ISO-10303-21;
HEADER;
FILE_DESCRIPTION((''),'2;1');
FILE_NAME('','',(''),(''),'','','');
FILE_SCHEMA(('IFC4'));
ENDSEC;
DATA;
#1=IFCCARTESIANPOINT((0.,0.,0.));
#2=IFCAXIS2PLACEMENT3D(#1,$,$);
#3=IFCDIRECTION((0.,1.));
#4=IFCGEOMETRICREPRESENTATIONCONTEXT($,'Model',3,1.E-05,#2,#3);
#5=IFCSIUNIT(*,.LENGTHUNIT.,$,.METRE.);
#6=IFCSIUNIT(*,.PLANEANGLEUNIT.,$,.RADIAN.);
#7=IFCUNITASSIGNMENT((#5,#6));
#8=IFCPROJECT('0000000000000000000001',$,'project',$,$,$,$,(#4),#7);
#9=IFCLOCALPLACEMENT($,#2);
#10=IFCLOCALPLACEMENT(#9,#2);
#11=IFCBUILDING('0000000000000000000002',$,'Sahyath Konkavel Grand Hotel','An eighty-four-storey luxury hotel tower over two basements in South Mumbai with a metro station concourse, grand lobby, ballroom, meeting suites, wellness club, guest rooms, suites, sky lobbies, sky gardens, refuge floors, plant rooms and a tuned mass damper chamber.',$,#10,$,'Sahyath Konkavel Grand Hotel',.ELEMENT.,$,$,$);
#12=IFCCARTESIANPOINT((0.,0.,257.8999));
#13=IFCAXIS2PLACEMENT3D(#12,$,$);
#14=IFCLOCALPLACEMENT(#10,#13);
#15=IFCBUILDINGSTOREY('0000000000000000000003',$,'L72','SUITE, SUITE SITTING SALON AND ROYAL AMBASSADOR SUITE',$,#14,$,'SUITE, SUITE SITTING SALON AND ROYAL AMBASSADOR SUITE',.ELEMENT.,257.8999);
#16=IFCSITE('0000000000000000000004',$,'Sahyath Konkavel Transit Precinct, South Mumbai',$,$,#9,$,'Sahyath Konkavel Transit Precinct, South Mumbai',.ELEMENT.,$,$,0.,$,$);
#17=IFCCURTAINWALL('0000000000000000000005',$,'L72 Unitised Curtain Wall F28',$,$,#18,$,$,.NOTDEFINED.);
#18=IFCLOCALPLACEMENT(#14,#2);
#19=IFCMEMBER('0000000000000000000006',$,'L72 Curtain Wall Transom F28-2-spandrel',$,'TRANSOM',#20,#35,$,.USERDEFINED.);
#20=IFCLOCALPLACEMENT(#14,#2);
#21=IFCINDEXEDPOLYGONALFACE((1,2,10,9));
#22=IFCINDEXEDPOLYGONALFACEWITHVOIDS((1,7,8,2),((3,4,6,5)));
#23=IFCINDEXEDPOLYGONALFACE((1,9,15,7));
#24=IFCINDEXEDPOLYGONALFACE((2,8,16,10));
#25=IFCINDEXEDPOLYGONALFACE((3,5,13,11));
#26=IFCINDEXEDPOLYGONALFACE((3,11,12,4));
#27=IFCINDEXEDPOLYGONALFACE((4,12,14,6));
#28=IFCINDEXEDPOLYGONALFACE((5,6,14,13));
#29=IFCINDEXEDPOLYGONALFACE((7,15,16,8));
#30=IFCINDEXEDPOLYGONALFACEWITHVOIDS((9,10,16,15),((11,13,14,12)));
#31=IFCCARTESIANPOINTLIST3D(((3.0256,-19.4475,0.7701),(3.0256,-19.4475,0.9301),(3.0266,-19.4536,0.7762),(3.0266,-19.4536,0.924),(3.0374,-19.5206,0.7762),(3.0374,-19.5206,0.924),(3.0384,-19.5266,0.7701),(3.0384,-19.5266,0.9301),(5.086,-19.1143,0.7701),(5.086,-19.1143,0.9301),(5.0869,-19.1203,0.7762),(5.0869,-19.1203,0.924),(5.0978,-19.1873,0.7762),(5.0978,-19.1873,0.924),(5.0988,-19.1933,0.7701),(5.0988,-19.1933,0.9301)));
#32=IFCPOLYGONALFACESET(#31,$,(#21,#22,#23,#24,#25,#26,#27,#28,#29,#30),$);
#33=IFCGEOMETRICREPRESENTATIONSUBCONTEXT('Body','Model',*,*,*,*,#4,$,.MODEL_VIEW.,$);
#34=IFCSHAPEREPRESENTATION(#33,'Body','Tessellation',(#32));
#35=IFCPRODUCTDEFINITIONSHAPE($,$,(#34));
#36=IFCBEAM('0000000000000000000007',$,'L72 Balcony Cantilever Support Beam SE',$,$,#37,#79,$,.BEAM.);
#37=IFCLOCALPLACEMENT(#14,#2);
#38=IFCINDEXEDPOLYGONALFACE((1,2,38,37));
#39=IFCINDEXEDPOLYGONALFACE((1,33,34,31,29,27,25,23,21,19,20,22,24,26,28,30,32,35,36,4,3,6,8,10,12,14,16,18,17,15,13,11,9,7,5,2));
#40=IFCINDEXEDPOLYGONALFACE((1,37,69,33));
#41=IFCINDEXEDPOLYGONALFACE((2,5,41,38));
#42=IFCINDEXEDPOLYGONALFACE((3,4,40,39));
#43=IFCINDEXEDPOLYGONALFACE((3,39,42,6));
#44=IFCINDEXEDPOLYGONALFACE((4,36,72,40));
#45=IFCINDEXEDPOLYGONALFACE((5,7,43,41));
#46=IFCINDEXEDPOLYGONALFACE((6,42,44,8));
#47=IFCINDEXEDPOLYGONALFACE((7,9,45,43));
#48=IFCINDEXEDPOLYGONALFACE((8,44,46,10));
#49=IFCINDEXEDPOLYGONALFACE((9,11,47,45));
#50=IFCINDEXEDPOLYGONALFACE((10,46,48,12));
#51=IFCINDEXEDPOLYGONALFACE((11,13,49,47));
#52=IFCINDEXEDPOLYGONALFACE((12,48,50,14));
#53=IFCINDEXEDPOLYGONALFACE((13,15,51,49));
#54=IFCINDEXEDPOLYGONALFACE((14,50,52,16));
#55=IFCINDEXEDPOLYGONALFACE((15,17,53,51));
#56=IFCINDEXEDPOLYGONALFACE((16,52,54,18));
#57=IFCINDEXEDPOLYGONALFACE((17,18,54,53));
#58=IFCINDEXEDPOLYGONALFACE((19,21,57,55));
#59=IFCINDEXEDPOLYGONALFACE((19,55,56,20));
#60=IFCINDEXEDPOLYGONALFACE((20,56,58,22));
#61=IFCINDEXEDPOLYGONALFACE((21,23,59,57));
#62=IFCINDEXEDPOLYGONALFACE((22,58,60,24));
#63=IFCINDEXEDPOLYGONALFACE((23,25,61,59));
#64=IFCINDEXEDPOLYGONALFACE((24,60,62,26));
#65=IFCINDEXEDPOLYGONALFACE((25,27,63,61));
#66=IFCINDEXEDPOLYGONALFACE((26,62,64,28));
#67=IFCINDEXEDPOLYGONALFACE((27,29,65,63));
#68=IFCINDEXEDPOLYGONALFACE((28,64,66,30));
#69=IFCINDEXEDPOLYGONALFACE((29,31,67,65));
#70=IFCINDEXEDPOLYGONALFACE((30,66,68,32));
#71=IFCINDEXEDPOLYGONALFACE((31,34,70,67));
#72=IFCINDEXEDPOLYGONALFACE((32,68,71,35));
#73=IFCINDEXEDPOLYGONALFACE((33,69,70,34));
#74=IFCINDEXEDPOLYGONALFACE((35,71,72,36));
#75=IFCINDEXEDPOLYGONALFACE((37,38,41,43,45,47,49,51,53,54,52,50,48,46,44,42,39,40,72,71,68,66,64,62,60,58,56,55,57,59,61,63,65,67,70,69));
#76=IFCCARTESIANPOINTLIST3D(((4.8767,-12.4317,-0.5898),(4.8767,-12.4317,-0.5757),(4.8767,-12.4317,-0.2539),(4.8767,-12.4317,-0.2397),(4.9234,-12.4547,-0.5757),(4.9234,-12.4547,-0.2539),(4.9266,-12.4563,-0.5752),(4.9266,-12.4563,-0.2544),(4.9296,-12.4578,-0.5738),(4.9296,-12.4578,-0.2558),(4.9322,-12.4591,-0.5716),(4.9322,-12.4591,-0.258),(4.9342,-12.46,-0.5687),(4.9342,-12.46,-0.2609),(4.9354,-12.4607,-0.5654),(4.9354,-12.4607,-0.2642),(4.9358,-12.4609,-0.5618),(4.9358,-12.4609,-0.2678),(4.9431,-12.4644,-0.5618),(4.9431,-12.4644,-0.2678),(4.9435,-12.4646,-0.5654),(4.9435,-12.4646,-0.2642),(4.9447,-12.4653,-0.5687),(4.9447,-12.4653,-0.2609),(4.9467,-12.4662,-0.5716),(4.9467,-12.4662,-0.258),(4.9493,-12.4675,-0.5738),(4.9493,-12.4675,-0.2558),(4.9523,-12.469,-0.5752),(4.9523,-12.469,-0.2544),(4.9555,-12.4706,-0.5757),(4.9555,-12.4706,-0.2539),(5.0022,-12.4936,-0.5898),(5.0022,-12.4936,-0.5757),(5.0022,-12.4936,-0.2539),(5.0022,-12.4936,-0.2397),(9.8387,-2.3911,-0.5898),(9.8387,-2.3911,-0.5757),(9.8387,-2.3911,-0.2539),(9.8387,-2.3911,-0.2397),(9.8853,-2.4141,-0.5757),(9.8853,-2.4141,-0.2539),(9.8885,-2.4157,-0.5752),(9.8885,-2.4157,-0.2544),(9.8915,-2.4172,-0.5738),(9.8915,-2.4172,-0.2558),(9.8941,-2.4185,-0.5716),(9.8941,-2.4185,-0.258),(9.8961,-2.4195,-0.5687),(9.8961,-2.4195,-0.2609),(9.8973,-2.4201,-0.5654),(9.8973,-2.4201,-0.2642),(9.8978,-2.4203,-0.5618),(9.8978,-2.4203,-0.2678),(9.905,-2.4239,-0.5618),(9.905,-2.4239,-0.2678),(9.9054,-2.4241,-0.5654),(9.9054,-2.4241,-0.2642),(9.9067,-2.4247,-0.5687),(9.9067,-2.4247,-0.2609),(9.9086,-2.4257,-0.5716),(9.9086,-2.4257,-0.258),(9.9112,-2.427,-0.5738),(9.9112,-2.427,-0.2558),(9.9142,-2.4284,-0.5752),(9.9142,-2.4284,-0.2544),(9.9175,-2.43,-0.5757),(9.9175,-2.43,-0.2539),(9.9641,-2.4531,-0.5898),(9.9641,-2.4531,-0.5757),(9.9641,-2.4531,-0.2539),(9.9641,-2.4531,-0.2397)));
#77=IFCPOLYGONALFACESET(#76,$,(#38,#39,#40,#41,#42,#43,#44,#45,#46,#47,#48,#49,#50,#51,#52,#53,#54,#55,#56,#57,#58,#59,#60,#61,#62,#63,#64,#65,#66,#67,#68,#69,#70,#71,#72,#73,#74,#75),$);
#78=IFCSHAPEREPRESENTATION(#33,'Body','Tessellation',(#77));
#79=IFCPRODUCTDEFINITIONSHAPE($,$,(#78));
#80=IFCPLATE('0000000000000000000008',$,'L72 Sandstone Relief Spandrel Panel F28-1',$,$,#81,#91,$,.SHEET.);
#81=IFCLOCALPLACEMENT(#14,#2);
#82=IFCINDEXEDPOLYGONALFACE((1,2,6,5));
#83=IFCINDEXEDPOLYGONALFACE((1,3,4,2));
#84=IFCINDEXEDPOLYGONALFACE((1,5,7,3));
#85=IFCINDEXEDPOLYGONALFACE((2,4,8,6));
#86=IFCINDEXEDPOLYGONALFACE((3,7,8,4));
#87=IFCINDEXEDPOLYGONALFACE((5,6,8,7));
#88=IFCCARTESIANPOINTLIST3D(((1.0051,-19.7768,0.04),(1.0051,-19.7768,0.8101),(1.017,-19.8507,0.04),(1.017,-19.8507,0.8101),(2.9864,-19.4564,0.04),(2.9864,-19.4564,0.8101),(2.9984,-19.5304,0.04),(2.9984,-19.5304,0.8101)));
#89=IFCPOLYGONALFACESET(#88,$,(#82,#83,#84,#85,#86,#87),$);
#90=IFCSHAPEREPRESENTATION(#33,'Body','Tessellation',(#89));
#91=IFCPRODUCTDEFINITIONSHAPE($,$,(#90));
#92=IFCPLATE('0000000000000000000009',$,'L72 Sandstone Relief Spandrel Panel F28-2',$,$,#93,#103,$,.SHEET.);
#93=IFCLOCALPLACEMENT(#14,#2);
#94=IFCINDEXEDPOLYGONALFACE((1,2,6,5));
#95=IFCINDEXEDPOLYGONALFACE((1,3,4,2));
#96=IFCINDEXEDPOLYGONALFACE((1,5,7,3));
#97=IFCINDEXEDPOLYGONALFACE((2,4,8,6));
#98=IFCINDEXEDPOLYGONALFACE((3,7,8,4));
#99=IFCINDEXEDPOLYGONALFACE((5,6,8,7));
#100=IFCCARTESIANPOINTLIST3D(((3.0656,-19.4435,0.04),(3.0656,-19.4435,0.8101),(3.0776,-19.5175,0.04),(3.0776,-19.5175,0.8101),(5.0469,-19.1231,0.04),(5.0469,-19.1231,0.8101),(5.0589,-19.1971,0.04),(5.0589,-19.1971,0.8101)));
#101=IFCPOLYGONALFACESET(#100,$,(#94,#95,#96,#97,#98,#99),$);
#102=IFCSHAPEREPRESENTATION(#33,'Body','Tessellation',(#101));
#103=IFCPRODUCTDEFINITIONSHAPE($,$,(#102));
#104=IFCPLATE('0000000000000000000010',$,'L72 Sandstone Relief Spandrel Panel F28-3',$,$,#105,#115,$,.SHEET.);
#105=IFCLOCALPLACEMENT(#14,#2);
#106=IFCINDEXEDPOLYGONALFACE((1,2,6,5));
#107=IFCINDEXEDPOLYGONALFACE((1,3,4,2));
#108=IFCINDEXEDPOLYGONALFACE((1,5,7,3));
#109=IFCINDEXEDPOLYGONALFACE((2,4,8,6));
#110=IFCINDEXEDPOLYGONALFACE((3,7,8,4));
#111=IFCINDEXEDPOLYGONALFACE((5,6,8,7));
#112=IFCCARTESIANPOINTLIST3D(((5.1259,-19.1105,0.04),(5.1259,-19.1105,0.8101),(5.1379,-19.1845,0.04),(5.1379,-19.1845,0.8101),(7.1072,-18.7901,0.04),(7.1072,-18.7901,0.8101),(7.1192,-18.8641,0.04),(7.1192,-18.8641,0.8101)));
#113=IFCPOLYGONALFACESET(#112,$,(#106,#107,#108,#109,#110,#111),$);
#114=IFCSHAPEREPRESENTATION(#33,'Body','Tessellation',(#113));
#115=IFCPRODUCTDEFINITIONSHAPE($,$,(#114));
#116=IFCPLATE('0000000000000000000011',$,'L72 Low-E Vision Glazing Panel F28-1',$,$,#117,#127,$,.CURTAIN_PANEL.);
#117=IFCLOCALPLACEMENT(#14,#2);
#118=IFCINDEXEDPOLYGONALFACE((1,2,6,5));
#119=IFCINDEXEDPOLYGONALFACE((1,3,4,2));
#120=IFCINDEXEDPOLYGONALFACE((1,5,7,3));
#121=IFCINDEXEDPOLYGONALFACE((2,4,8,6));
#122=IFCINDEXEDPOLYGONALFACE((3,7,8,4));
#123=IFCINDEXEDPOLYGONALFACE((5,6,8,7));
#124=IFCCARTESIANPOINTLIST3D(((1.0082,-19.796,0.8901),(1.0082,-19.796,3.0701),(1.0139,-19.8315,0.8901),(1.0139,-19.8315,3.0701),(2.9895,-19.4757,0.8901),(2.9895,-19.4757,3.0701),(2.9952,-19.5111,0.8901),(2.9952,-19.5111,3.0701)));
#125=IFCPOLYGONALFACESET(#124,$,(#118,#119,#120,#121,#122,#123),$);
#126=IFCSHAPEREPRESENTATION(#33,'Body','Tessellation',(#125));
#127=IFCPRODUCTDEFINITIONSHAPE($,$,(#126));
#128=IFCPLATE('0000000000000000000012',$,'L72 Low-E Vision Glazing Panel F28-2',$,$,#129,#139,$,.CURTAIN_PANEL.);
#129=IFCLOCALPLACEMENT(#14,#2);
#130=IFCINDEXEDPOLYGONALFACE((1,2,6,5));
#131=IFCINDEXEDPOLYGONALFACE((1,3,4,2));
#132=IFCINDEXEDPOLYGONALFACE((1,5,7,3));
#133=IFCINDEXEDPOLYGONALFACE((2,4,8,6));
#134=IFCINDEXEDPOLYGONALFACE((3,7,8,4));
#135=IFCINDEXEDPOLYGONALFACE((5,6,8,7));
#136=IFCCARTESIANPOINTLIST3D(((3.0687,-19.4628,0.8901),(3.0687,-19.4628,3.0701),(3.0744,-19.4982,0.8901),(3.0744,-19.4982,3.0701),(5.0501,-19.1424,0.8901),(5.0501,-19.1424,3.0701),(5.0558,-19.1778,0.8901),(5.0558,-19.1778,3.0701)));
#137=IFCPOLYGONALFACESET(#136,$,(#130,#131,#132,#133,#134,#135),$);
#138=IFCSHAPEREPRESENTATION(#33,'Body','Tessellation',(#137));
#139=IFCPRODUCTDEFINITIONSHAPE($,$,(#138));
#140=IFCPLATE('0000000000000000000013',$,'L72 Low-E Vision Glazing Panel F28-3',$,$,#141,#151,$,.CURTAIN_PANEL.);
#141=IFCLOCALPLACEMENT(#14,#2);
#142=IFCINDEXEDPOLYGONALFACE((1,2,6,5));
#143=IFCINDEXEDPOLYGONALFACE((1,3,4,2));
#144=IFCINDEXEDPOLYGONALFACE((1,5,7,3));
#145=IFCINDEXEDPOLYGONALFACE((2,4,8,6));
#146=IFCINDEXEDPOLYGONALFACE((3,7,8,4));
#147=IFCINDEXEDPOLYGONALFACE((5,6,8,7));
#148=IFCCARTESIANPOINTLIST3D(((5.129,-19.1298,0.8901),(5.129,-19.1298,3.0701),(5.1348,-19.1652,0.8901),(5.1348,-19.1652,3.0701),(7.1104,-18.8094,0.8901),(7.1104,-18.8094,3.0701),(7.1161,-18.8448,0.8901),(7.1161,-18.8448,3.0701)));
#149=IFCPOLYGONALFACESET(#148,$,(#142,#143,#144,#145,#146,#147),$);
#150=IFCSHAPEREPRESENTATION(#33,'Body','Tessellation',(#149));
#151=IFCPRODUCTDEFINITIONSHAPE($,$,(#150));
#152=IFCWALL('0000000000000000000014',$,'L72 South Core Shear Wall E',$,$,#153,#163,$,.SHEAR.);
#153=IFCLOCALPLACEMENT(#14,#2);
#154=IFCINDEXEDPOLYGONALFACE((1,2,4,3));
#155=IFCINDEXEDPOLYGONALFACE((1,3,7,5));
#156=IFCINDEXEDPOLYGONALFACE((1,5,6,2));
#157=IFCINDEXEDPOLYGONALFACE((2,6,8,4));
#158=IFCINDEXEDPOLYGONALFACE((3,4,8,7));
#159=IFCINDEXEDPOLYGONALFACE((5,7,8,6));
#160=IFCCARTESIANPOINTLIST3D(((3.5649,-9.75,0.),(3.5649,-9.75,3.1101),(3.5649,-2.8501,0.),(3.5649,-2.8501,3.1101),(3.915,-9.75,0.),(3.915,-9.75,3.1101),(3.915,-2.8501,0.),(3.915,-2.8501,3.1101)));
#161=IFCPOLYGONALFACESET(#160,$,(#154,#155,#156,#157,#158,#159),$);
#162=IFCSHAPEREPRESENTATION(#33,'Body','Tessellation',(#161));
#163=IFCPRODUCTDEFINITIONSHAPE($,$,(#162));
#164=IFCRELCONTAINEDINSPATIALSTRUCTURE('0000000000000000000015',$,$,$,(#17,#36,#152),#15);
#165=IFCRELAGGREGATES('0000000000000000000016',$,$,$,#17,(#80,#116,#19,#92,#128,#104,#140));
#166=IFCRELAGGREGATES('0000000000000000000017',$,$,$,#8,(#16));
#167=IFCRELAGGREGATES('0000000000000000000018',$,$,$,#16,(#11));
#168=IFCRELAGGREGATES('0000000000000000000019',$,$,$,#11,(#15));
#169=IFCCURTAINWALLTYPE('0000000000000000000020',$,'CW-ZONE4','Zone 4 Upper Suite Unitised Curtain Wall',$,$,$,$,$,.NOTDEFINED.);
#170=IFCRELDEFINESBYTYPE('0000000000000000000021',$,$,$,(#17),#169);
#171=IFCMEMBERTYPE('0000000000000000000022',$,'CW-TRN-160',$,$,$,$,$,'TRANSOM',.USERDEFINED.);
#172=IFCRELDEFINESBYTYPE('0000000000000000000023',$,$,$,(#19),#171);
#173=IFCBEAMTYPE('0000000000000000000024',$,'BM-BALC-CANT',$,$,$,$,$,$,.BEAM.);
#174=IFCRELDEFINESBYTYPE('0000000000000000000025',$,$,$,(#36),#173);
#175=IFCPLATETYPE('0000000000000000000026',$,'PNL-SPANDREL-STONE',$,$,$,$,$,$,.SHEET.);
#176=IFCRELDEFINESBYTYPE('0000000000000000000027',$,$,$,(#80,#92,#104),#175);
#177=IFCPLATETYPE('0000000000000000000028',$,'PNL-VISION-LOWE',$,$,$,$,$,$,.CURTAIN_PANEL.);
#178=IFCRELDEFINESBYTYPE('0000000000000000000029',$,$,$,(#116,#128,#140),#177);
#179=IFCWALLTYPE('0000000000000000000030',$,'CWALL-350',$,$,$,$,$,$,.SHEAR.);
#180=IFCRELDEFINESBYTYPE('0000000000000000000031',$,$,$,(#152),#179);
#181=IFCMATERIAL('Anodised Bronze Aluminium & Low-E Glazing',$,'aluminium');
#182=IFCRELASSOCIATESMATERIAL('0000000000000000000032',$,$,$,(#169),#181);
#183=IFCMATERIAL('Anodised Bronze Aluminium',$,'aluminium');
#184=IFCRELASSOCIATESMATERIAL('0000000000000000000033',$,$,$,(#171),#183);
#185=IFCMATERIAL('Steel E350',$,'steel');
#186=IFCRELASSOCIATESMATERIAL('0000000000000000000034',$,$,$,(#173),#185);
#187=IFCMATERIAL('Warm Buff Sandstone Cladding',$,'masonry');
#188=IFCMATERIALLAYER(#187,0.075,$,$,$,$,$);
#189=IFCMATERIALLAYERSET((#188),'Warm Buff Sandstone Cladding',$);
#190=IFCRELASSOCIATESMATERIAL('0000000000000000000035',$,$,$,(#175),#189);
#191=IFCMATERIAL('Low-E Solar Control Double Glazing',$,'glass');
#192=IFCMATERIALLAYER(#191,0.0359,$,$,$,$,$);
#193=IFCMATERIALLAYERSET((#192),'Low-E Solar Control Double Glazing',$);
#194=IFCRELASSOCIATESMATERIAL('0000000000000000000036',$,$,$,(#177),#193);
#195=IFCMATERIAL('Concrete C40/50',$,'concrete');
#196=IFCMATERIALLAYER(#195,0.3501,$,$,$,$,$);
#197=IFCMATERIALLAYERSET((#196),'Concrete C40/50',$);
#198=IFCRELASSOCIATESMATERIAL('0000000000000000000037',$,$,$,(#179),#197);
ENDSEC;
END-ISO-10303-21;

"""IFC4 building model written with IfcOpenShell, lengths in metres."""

from ifc_helpers import new_model, si_unit, direction, frame, frame_2d, origin, origin_2d, place, context, subcontext, project, spatial, rectangle, hollow_rectangle, i_section, extrude, source, transform, mapped, material, layer, layer_set, material_profile, profile_set, type_object, element, aggregate, save


model = new_model("IFC4")

# Units and contexts
model_context = context("Model", 3, precision=1e-05, world=origin(), true_north=direction((0.0, 1.0)))
body_context = subcontext(model_context, "Body", "Model", "MODEL_VIEW")
ifc_project = project(units=[si_unit("LENGTHUNIT", "METRE"), si_unit("PLANEANGLEUNIT", "RADIAN")], contexts=[model_context])

# Site, building, storey
site_placement = place(None, origin())
site = spatial("IfcSite", under=ifc_project, at=site_placement, Name="Sahyath Konkavel Transit Precinct, South Mumbai", LongName="Sahyath Konkavel Transit Precinct, South Mumbai", CompositionType="ELEMENT", RefElevation=0.0)
building_placement = place(site_placement, origin())
building = spatial("IfcBuilding", under=site, at=building_placement, Name="Sahyath Konkavel Grand Hotel", Description="An eighty-four-storey luxury hotel tower over two basements in South Mumbai with a metro station concourse, grand lobby, ballroom, meeting suites, wellness club, guest rooms, suites, sky lobbies, sky gardens, refuge floors, plant rooms and a tuned mass damper chamber.", LongName="Sahyath Konkavel Grand Hotel", CompositionType="ELEMENT")
storey_placement = place(building_placement, frame((0.0, 0.0, 257.8999)))
storey = spatial("IfcBuildingStorey", under=building, at=storey_placement, Name="L72", Description="SUITE, SUITE SITTING SALON AND ROYAL AMBASSADOR SUITE", LongName="SUITE, SUITE SITTING SALON AND ROYAL AMBASSADOR SUITE", CompositionType="ELEMENT", Elevation=257.8999)

# Shared definitions
ifc_material_1 = material(Name="Steel E350", Category="steel")

# Curtain wall, member
ifc_material_2 = material(Name="Anodised Bronze Aluminium & Low-E Glazing", Category="aluminium")
curtain_wall_type = type_object("IfcCurtainWallType", Name="CW-ZONE4", Description="Zone 4 Upper Suite Unitised Curtain Wall", PredefinedType="NOTDEFINED", material=ifc_material_2)
curtain_wall_placement = place(storey_placement, origin())
curtain_wall = element("IfcCurtainWall", 1, at=curtain_wall_placement, inside=storey, type_object=curtain_wall_type, Name="L72 Unitised Curtain Wall F28", PredefinedType="NOTDEFINED")
ifc_material_3 = material(Name="Anodised Bronze Aluminium", Category="aluminium")
ifc_material_profile_1 = material_profile(ifc_material_3, hollow_rectangle(XDim=0.0801, YDim=0.1599, WallThickness=0.0061, at=origin_2d()), Name="RHS 160x80x6")
ifc_profile_set_1 = profile_set([ifc_material_profile_1], Name="Anodised Bronze Aluminium")
member_type_1 = type_object("IfcMemberType", Name="CW-TRN-160", ElementType="TRANSOM", PredefinedType="USERDEFINED", material=ifc_profile_set_1)
shared_shape_1 = source(origin(), body_context, "Body", "SweptSolid", [
    extrude(hollow_rectangle(XDim=0.0801, YDim=0.1599, WallThickness=0.0061, at=origin_2d()), origin(), (0.0, 0.0, 1.0), 2.0872),
])
member_1_placement = place(storey_placement, frame((3.032, -19.4871, 0.8501), z_axis=(0.98717, 0.159674, 0.0), x_axis=(-0.159674, 0.98717, 0.0)))
member_1 = element("IfcMember", 2, at=member_1_placement, type_object=member_type_1, Name="L72 Curtain Wall Transom F28-2-spandrel", ObjectType="TRANSOM", PredefinedType="USERDEFINED", context=body_context, shape_type="MappedRepresentation", body=[
    mapped(shared_shape_1, transform((0.0, 0.0, 0.0), scale=1.0)),
])

# Beam
ifc_material_profile_2 = material_profile(ifc_material_1, i_section(OverallWidth=0.1399, OverallDepth=0.3501, WebThickness=0.0081, FlangeThickness=0.0142, FilletRadius=0.0139, at=origin_2d()), Name="ISMB 350")
ifc_profile_set_2 = profile_set([ifc_material_profile_2], Name="Steel E350")
beam_type_1 = type_object("IfcBeamType", Name="BM-BALC-CANT", PredefinedType="BEAM", material=ifc_profile_set_2)
shared_shape_2 = source(origin(), body_context, "Body", "SweptSolid", [
    extrude(i_section(OverallWidth=0.1399, OverallDepth=0.3501, WebThickness=0.0081, FlangeThickness=0.0142, FilletRadius=0.0139, at=origin_2d()), origin(), (0.0, 0.0, 1.0), 11.1997),
])
beam_1_placement = place(storey_placement, frame((4.9395, -12.4626, -0.4148), z_axis=(0.443041, 0.896501, 0.0), x_axis=(-0.896501, 0.443041, 0.0)))
element("IfcBeam", 3, at=beam_1_placement, inside=storey, type_object=beam_type_1, Name="L72 Balcony Cantilever Support Beam SE", PredefinedType="BEAM", context=body_context, shape_type="MappedRepresentation", body=[
    mapped(shared_shape_2, transform((0.0, 0.0, 0.0), scale=1.0)),
])

# Plates
ifc_material_4 = material(Name="Warm Buff Sandstone Cladding", Category="masonry")
ifc_layer_1 = layer(ifc_material_4, 0.075)
ifc_layer_set_1 = layer_set([ifc_layer_1], Name="Warm Buff Sandstone Cladding")
plate_type_1 = type_object("IfcPlateType", Name="PNL-SPANDREL-STONE", PredefinedType="SHEET", material=ifc_layer_set_1)
shared_shape_3 = source(origin(), body_context, "Body", "SweptSolid", [
    extrude(rectangle(XDim=2.0071, YDim=0.075, at=origin_2d()), origin(), (0.0, 0.0, 1.0), 0.77),
])
plate_1_placement = place(storey_placement, frame((2.0017, -19.6536, 0.04), z_axis=(0.0, 0.0, 1.0), x_axis=(0.987178, 0.159623, 0.0)))
plate_1 = element("IfcPlate", 4, at=plate_1_placement, type_object=plate_type_1, Name="L72 Sandstone Relief Spandrel Panel F28-1", PredefinedType="SHEET", context=body_context, shape_type="MappedRepresentation", body=[
    mapped(shared_shape_3, transform((0.0, 0.0, 0.0), scale=1.0)),
])
plate_2_placement = place(storey_placement, frame((4.0623, -19.3203, 0.04), z_axis=(0.0, 0.0, 1.0), x_axis=(0.987178, 0.159623, 0.0)))
plate_2 = element("IfcPlate", 5, at=plate_2_placement, type_object=plate_type_1, Name="L72 Sandstone Relief Spandrel Panel F28-2", PredefinedType="SHEET", context=body_context, shape_type="MappedRepresentation", body=[
    mapped(shared_shape_3, transform((0.0, 0.0, 0.0), scale=1.0)),
])
plate_3_placement = place(storey_placement, frame((6.1226, -18.9873, 0.04), z_axis=(0.0, 0.0, 1.0), x_axis=(0.987178, 0.159623, 0.0)))
plate_3 = element("IfcPlate", 6, at=plate_3_placement, type_object=plate_type_1, Name="L72 Sandstone Relief Spandrel Panel F28-3", PredefinedType="SHEET", context=body_context, shape_type="MappedRepresentation", body=[
    mapped(shared_shape_3, transform((0.0, 0.0, 0.0), scale=1.0)),
])
ifc_material_5 = material(Name="Low-E Solar Control Double Glazing", Category="glass")
ifc_layer_2 = layer(ifc_material_5, 0.0359)
ifc_layer_set_2 = layer_set([ifc_layer_2], Name="Low-E Solar Control Double Glazing")
plate_type_2 = type_object("IfcPlateType", Name="PNL-VISION-LOWE", PredefinedType="CURTAIN_PANEL", material=ifc_layer_set_2)
shared_shape_4 = source(origin(), body_context, "Body", "SweptSolid", [
    extrude(rectangle(XDim=2.0071, YDim=0.0359, at=origin_2d()), origin(), (0.0, 0.0, 1.0), 2.1799),
])
plate_4_placement = place(storey_placement, frame((2.0017, -19.6536, 0.8901), z_axis=(0.0, 0.0, 1.0), x_axis=(0.987178, 0.159623, 0.0)))
plate_4 = element("IfcPlate", 7, at=plate_4_placement, type_object=plate_type_2, Name="L72 Low-E Vision Glazing Panel F28-1", PredefinedType="CURTAIN_PANEL", context=body_context, shape_type="MappedRepresentation", body=[
    mapped(shared_shape_4, transform((0.0, 0.0, 0.0), scale=1.0)),
])
plate_5_placement = place(storey_placement, frame((4.0623, -19.3203, 0.8901), z_axis=(0.0, 0.0, 1.0), x_axis=(0.987178, 0.159623, 0.0)))
plate_5 = element("IfcPlate", 8, at=plate_5_placement, type_object=plate_type_2, Name="L72 Low-E Vision Glazing Panel F28-2", PredefinedType="CURTAIN_PANEL", context=body_context, shape_type="MappedRepresentation", body=[
    mapped(shared_shape_4, transform((0.0, 0.0, 0.0), scale=1.0)),
])
plate_6_placement = place(storey_placement, frame((6.1226, -18.9873, 0.8901), z_axis=(0.0, 0.0, 1.0), x_axis=(0.987178, 0.159623, 0.0)))
plate_6 = element("IfcPlate", 9, at=plate_6_placement, type_object=plate_type_2, Name="L72 Low-E Vision Glazing Panel F28-3", PredefinedType="CURTAIN_PANEL", context=body_context, shape_type="MappedRepresentation", body=[
    mapped(shared_shape_4, transform((0.0, 0.0, 0.0), scale=1.0)),
])
aggregate(curtain_wall, [plate_1, plate_4, member_1, plate_2, plate_5, plate_3, plate_6])

# Wall
ifc_material_6 = material(Name="Concrete C40/50", Category="concrete")
ifc_layer_3 = layer(ifc_material_6, 0.3501)
ifc_layer_set_3 = layer_set([ifc_layer_3], Name="Concrete C40/50")
wall_type_1 = type_object("IfcWallType", Name="CWALL-350", PredefinedType="SHEAR", material=ifc_layer_set_3)
wall_1_placement = place(storey_placement, frame((3.74, -9.75, 0.0), z_axis=(0.0, 0.0, 1.0), x_axis=(0.0, 1.0, 0.0)))
element("IfcWall", 10, at=wall_1_placement, inside=storey, type_object=wall_type_1, Name="L72 South Core Shear Wall E", PredefinedType="SHEAR", context=body_context, shape_type="SweptSolid", body=[
    extrude(rectangle(XDim=6.8999, YDim=0.3501, at=frame_2d((3.45, 0.0))), origin(), (0.0, 0.0, 1.0), 3.1101),
])

save(model, "model.ifc")
